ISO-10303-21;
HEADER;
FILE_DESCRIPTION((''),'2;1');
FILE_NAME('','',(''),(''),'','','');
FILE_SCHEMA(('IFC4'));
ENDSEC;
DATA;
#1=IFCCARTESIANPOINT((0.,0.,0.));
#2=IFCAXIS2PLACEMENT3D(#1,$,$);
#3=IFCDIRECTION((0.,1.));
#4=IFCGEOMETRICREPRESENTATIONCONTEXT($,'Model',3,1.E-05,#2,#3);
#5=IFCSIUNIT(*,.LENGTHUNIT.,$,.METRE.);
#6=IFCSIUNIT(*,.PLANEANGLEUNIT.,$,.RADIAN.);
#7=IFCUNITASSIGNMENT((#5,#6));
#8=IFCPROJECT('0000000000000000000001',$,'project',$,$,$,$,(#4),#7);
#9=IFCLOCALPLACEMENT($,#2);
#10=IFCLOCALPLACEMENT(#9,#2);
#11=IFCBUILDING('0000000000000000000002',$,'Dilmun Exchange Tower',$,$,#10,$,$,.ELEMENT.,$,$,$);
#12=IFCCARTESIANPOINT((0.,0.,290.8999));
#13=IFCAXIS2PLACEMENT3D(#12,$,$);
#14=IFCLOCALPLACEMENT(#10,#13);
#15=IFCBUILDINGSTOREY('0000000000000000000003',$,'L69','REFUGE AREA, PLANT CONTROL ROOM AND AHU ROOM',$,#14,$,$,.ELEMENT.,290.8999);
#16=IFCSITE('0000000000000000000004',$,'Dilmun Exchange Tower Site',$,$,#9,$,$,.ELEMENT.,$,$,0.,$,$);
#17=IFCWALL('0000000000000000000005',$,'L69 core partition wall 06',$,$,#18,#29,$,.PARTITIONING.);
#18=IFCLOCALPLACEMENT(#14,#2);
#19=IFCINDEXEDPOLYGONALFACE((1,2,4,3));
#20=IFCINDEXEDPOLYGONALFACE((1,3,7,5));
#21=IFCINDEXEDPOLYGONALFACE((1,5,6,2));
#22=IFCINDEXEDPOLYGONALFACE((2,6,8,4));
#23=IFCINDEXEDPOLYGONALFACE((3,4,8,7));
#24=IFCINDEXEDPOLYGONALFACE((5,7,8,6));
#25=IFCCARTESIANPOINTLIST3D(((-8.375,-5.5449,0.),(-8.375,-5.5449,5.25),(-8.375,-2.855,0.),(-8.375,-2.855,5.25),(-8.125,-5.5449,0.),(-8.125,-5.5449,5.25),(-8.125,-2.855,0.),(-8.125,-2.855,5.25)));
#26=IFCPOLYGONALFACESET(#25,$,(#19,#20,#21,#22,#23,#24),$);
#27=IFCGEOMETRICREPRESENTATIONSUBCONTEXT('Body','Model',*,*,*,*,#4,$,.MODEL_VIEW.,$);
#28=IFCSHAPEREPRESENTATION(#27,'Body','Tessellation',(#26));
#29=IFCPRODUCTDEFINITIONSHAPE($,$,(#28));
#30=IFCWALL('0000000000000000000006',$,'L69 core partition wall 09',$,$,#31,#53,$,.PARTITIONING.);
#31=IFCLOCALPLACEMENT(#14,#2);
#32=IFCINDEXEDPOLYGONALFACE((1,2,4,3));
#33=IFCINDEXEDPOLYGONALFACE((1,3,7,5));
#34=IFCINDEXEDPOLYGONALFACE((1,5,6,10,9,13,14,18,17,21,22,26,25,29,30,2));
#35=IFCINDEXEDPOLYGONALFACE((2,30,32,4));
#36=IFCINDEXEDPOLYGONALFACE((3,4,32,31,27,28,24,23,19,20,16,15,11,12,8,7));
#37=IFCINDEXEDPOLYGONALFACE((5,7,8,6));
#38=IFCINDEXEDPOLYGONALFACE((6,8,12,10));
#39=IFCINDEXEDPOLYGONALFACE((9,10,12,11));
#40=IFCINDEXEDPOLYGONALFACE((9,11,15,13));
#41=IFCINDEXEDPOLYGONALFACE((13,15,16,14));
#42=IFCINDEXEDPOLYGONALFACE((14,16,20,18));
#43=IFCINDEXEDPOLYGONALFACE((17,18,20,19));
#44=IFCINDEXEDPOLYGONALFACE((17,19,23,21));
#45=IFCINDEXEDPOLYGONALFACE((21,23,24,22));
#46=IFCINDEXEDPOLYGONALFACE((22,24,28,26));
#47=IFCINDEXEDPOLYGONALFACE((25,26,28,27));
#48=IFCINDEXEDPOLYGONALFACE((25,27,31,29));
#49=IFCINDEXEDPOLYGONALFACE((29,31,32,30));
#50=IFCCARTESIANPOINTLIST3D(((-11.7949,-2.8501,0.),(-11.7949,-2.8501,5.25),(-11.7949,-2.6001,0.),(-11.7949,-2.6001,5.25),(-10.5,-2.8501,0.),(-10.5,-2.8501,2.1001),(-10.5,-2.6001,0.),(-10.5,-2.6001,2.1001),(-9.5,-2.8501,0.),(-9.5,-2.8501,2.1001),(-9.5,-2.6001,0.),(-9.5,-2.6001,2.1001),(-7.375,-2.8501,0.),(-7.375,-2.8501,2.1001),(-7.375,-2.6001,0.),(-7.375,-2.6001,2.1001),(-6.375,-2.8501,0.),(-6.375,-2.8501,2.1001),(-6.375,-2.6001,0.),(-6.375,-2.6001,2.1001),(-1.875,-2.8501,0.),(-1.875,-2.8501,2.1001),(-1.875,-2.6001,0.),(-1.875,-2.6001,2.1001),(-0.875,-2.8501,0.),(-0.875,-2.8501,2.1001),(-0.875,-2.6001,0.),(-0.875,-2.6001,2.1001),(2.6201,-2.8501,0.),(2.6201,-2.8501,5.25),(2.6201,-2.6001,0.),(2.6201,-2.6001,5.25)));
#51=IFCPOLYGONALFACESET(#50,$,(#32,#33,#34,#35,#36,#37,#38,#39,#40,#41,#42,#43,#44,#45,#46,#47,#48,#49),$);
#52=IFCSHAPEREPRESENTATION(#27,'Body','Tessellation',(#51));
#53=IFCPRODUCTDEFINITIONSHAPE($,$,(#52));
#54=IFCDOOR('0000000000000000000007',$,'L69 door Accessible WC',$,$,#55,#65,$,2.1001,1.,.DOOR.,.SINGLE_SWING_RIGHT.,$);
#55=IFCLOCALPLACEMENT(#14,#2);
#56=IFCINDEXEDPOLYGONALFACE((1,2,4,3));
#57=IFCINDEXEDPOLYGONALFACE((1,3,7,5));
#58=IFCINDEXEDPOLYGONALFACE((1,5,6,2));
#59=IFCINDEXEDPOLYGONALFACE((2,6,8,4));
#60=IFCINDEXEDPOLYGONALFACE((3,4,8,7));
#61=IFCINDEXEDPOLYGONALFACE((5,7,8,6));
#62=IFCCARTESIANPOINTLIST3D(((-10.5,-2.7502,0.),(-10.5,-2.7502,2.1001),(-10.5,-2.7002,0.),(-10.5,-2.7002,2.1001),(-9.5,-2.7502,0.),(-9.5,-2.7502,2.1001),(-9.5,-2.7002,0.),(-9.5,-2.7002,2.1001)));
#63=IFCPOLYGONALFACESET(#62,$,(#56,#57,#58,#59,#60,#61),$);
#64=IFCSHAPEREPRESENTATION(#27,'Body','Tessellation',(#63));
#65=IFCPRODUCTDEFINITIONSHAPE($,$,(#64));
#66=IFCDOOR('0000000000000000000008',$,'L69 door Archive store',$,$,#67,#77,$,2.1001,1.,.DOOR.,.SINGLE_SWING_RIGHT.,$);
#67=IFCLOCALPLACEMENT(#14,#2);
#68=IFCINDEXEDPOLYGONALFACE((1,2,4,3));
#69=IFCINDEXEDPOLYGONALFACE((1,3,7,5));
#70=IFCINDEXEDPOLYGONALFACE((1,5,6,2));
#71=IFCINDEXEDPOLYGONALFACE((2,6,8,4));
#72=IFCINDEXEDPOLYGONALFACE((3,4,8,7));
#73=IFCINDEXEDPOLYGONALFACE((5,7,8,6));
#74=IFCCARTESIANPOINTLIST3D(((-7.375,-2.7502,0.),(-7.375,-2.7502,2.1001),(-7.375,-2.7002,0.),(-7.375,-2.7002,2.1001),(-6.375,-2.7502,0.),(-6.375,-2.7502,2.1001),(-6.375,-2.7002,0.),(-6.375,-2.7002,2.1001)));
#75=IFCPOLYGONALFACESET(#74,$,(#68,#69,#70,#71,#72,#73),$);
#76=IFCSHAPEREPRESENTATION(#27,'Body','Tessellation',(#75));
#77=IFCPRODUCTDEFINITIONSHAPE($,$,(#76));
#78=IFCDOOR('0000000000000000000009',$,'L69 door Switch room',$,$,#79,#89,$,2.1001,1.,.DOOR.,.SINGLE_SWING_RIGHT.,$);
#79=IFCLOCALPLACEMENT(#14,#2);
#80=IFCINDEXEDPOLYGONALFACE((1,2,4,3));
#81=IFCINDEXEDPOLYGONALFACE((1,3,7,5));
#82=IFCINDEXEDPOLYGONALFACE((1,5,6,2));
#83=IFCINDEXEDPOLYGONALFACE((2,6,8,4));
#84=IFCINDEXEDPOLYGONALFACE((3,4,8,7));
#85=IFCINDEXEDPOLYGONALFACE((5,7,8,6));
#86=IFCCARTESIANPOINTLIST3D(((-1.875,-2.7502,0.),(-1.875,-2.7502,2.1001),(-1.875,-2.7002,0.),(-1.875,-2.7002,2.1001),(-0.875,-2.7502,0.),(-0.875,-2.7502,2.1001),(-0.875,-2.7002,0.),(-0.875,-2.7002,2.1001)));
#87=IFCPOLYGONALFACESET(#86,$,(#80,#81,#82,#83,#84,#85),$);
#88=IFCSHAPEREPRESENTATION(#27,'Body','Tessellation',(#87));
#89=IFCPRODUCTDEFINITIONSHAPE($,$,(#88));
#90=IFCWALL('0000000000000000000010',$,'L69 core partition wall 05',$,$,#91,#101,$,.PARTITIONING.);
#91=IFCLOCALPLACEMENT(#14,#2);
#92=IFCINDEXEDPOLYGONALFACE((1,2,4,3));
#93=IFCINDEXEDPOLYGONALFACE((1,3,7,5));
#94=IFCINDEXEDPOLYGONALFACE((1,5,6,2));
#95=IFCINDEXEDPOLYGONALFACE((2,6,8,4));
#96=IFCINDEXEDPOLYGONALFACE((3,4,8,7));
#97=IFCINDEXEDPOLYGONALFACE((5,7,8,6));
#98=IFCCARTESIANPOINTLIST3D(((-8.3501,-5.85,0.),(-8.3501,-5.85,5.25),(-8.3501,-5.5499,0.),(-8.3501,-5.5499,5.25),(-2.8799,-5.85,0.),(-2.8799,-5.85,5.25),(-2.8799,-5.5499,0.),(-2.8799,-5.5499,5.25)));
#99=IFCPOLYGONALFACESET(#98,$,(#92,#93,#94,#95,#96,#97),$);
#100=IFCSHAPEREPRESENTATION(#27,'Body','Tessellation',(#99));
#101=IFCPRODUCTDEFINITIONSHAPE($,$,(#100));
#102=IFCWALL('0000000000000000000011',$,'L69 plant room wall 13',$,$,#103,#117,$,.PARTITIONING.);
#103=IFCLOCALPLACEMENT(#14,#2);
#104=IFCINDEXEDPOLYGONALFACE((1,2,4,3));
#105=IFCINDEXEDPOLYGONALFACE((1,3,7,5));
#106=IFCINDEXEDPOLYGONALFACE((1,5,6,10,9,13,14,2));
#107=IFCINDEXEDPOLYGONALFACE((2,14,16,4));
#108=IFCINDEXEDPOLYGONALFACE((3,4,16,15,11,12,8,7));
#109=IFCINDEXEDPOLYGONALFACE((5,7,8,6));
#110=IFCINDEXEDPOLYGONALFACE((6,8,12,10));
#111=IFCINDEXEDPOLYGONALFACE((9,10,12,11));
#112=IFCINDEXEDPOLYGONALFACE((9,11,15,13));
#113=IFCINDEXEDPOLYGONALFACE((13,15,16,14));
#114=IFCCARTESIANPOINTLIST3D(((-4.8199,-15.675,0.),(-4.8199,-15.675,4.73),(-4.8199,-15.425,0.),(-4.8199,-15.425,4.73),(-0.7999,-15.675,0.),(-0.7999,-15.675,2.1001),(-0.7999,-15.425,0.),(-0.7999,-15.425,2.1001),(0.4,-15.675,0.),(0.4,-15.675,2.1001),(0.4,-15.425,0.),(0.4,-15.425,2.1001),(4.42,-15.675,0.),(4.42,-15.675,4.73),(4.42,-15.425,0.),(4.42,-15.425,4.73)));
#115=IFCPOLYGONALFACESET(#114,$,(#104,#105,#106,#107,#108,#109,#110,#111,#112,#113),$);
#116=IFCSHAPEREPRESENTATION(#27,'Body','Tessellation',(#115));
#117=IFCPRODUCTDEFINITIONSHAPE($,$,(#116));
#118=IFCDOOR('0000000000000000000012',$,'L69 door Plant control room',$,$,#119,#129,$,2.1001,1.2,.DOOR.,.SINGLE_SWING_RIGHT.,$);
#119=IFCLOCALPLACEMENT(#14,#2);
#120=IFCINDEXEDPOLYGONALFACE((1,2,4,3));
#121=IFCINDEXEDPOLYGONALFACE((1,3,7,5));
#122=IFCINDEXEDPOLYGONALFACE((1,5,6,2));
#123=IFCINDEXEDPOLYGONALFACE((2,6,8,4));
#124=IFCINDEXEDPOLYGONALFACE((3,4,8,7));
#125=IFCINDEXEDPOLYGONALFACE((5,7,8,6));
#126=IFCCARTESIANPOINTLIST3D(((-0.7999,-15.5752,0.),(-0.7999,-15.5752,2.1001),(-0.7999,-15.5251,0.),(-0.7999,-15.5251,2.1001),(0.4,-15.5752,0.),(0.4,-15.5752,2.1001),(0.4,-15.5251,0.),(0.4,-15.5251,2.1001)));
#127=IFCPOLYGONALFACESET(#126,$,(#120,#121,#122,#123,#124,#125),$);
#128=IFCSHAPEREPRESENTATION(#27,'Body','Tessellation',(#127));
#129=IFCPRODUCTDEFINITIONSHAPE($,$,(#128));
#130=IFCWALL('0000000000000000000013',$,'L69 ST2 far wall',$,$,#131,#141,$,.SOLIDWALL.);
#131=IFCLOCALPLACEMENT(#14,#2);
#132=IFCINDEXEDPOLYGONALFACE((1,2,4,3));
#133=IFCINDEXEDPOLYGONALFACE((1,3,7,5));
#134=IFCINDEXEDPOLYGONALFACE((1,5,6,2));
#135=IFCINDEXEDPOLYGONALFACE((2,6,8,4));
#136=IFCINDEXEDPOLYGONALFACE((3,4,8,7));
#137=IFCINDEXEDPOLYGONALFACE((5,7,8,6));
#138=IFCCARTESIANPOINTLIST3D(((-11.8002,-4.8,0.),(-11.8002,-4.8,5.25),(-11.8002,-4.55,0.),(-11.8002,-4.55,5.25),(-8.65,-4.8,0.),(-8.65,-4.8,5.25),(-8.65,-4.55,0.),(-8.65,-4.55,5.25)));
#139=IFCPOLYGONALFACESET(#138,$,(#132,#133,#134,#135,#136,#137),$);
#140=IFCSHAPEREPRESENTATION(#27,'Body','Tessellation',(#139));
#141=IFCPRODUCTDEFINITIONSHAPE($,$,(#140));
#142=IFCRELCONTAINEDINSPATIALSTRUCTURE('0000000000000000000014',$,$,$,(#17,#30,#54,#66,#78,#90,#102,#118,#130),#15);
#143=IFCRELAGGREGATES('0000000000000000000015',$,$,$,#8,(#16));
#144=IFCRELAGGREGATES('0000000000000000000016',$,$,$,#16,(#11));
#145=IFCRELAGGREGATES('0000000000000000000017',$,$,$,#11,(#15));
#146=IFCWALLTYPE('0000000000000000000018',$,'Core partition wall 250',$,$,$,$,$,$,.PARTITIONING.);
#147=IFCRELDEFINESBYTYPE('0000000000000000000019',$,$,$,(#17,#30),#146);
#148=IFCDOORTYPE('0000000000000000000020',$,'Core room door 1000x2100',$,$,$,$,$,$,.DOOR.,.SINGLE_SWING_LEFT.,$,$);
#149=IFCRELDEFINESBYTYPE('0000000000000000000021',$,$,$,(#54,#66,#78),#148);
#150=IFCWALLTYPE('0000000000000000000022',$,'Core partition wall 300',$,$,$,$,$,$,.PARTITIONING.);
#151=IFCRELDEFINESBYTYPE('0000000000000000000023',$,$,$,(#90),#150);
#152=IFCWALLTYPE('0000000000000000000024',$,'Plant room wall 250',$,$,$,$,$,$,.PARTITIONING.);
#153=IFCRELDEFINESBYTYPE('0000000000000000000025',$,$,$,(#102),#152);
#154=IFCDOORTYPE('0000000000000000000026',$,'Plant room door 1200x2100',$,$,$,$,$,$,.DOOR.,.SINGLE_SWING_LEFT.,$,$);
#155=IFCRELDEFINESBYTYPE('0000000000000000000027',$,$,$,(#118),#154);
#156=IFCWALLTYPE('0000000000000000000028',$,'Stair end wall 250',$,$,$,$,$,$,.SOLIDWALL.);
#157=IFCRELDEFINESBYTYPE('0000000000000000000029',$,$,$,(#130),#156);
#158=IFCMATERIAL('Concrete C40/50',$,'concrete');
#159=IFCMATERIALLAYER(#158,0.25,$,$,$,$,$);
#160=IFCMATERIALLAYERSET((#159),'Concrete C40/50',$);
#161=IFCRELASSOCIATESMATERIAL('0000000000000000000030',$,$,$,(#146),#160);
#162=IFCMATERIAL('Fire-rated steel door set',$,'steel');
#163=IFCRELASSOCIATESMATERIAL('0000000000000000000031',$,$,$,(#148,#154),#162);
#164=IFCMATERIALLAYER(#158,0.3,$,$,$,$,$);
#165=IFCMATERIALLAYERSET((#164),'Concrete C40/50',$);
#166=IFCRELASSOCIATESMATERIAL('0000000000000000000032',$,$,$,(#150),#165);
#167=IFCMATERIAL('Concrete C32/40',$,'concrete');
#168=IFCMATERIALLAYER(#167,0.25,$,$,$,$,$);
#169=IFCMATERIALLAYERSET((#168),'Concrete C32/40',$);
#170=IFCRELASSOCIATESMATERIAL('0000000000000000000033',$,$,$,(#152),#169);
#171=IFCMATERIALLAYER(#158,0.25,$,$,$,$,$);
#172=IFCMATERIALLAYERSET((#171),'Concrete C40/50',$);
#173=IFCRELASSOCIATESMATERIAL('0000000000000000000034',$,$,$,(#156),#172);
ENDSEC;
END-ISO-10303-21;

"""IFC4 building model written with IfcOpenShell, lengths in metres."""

from ifc_helpers import new_model, si_unit, direction, frame, frame_2d, origin, place, context, subcontext, project, spatial, rectangle, extrude, material, layer, layer_set, type_object, element, fill, save


model = new_model("IFC4")

# Units and contexts
model_context = context("Model", 3, precision=1e-05, world=origin(), true_north=direction((0.0, 1.0)))
body_context = subcontext(model_context, "Body", "Model", "MODEL_VIEW")
ifc_project = project(units=[si_unit("LENGTHUNIT", "METRE"), si_unit("PLANEANGLEUNIT", "RADIAN")], contexts=[model_context])

# Site, building, storey
site_placement = place(None, origin())
site = spatial("IfcSite", under=ifc_project, at=site_placement, Name="Dilmun Exchange Tower Site", CompositionType="ELEMENT", RefElevation=0.0)
building_placement = place(site_placement, origin())
building = spatial("IfcBuilding", under=site, at=building_placement, Name="Dilmun Exchange Tower", CompositionType="ELEMENT")
storey_placement = place(building_placement, frame((0.0, 0.0, 290.8999)))
storey = spatial("IfcBuildingStorey", under=building, at=storey_placement, Name="L69", Description="REFUGE AREA, PLANT CONTROL ROOM AND AHU ROOM", CompositionType="ELEMENT", Elevation=290.8999)

# Shared definitions
ifc_material_1 = material(Name="Concrete C40/50", Category="concrete")

# Shared definitions
ifc_layer_1 = layer(ifc_material_1, 0.25)
ifc_layer_set_1 = layer_set([ifc_layer_1], Name="Concrete C40/50")
wall_type_1 = type_object("IfcWallType", Name="Core partition wall 250", PredefinedType="PARTITIONING", material=ifc_layer_set_1)
ifc_material_2 = material(Name="Fire-rated steel door set", Category="steel")
door_type_1 = type_object("IfcDoorType", Name="Core room door 1000x2100", OperationType="SINGLE_SWING_LEFT", PredefinedType="DOOR", material=ifc_material_2)

# Wall
for number, where, z_axis, x_axis, name in (
    (1, (-8.25, -5.5449, 0.0), (0.0, 0.0, 1.0), (0.0, 1.0, 0.0), "L69 core partition wall 06"),
):
    element("IfcWall", number, at=place(storey_placement, frame(where, z_axis=z_axis, x_axis=x_axis)), inside=storey, type_object=wall_type_1, Name=name, PredefinedType="PARTITIONING", context=body_context, shape_type="SweptSolid", body=[
        extrude(rectangle(XDim=2.6899, YDim=0.25, at=frame_2d((1.345, 0.0))), origin(), (0.0, 0.0, 1.0), 5.25),
    ])

# Wall, openings, doors
wall_1_placement = place(storey_placement, frame((-11.7949, -2.7251, 0.0), z_axis=(0.0, 0.0, 1.0), x_axis=(1.0, 0.0, 0.0)))
wall_1 = element("IfcWall", 2, at=wall_1_placement, inside=storey, type_object=wall_type_1, Name="L69 core partition wall 09", PredefinedType="PARTITIONING", context=body_context, shape_type="SweptSolid", body=[
    extrude(rectangle(XDim=14.415, YDim=0.25, at=frame_2d((7.2075, 0.0))), origin(), (0.0, 0.0, 1.0), 5.25),
])
opening_1_placement = place(wall_1_placement, frame((1.2949, 0.0, 0.0)))
opening_1 = element("IfcOpeningElement", 3, at=opening_1_placement, cuts=wall_1, PredefinedType="OPENING", context=body_context, shape_type="SweptSolid", body=[
    extrude(rectangle(XDim=1.0, YDim=2.1001, at=frame_2d((0.5, 1.05))), frame((0.0, 0.135, 0.0), z_axis=(0.0, -1.0, 0.0), x_axis=(1.0, 0.0, 0.0)), (0.0, 0.0, 1.0), 0.27),
])
opening_2_placement = place(wall_1_placement, frame((4.4199, 0.0, 0.0)))
opening_2 = element("IfcOpeningElement", 4, at=opening_2_placement, cuts=wall_1, PredefinedType="OPENING", context=body_context, shape_type="SweptSolid", body=[
    extrude(rectangle(XDim=1.0, YDim=2.1001, at=frame_2d((0.5, 1.05))), frame((0.0, 0.135, 0.0), z_axis=(0.0, -1.0, 0.0), x_axis=(1.0, 0.0, 0.0)), (0.0, 0.0, 1.0), 0.27),
])
opening_3_placement = place(wall_1_placement, frame((9.9199, 0.0, 0.0)))
opening_3 = element("IfcOpeningElement", 5, at=opening_3_placement, cuts=wall_1, PredefinedType="OPENING", context=body_context, shape_type="SweptSolid", body=[
    extrude(rectangle(XDim=1.0, YDim=2.1001, at=frame_2d((0.5, 1.05))), frame((0.0, 0.135, 0.0), z_axis=(0.0, -1.0, 0.0), x_axis=(1.0, 0.0, 0.0)), (0.0, 0.0, 1.0), 0.27),
])
door_1_placement = place(opening_1_placement, origin())
door_1 = element("IfcDoor", 6, at=door_1_placement, inside=storey, type_object=door_type_1, Name="L69 door Accessible WC", OperationType="SINGLE_SWING_RIGHT", OverallHeight=2.1001, OverallWidth=1.0, PredefinedType="DOOR", context=body_context, shape_type="SweptSolid", body=[
    extrude(rectangle(XDim=1.0, YDim=2.1001, at=frame_2d((0.5, 1.05))), frame((0.0, 0.0249, 0.0), z_axis=(0.0, -1.0, 0.0), x_axis=(1.0, 0.0, 0.0)), (0.0, 0.0, 1.0), 0.05),
])
fill(opening_1, door_1)
door_2_placement = place(opening_2_placement, origin())
door_2 = element("IfcDoor", 7, at=door_2_placement, inside=storey, type_object=door_type_1, Name="L69 door Archive store", OperationType="SINGLE_SWING_RIGHT", OverallHeight=2.1001, OverallWidth=1.0, PredefinedType="DOOR", context=body_context, shape_type="SweptSolid", body=[
    extrude(rectangle(XDim=1.0, YDim=2.1001, at=frame_2d((0.5, 1.05))), frame((0.0, 0.0249, 0.0), z_axis=(0.0, -1.0, 0.0), x_axis=(1.0, 0.0, 0.0)), (0.0, 0.0, 1.0), 0.05),
])
fill(opening_2, door_2)
door_3_placement = place(opening_3_placement, origin())
door_3 = element("IfcDoor", 8, at=door_3_placement, inside=storey, type_object=door_type_1, Name="L69 door Switch room", OperationType="SINGLE_SWING_RIGHT", OverallHeight=2.1001, OverallWidth=1.0, PredefinedType="DOOR", context=body_context, shape_type="SweptSolid", body=[
    extrude(rectangle(XDim=1.0, YDim=2.1001, at=frame_2d((0.5, 1.05))), frame((0.0, 0.0249, 0.0), z_axis=(0.0, -1.0, 0.0), x_axis=(1.0, 0.0, 0.0)), (0.0, 0.0, 1.0), 0.05),
])
fill(opening_3, door_3)

# Wall
ifc_layer_2 = layer(ifc_material_1, 0.3)
ifc_layer_set_2 = layer_set([ifc_layer_2], Name="Concrete C40/50")
wall_type_2 = type_object("IfcWallType", Name="Core partition wall 300", PredefinedType="PARTITIONING", material=ifc_layer_set_2)
wall_2_placement = place(storey_placement, frame((-8.3501, -5.7, 0.0), z_axis=(0.0, 0.0, 1.0), x_axis=(1.0, 0.0, 0.0)))
element("IfcWall", 9, at=wall_2_placement, inside=storey, type_object=wall_type_2, Name="L69 core partition wall 05", PredefinedType="PARTITIONING", context=body_context, shape_type="SweptSolid", body=[
    extrude(rectangle(XDim=5.4702, YDim=0.3, at=frame_2d((2.7351, 0.0))), origin(), (0.0, 0.0, 1.0), 5.25),
])

# Wall, opening, door
ifc_material_3 = material(Name="Concrete C32/40", Category="concrete")
ifc_layer_3 = layer(ifc_material_3, 0.25)
ifc_layer_set_3 = layer_set([ifc_layer_3], Name="Concrete C32/40")
wall_type_3 = type_object("IfcWallType", Name="Plant room wall 250", PredefinedType="PARTITIONING", material=ifc_layer_set_3)
wall_3_placement = place(storey_placement, frame((-4.8201, -15.55, 0.0), z_axis=(0.0, 0.0, 1.0), x_axis=(1.0, 0.0, 0.0)))
wall_3 = element("IfcWall", 10, at=wall_3_placement, inside=storey, type_object=wall_type_3, Name="L69 plant room wall 13", PredefinedType="PARTITIONING", context=body_context, shape_type="SweptSolid", body=[
    extrude(rectangle(XDim=9.24, YDim=0.25, at=frame_2d((4.6201, 0.0))), origin(), (0.0, 0.0, 1.0), 4.73),
])
opening_4_placement = place(wall_3_placement, frame((4.02, 0.0, 0.0)))
opening_4 = element("IfcOpeningElement", 11, at=opening_4_placement, cuts=wall_3, PredefinedType="OPENING", context=body_context, shape_type="SweptSolid", body=[
    extrude(rectangle(XDim=1.2, YDim=2.1001, at=frame_2d((0.6001, 1.05))), frame((0.0, 0.135, 0.0), z_axis=(0.0, -1.0, 0.0), x_axis=(1.0, 0.0, 0.0)), (0.0, 0.0, 1.0), 0.27),
])
door_type_2 = type_object("IfcDoorType", Name="Plant room door 1200x2100", OperationType="SINGLE_SWING_LEFT", PredefinedType="DOOR", material=ifc_material_2)
door_4_placement = place(opening_4_placement, origin())
door_4 = element("IfcDoor", 12, at=door_4_placement, inside=storey, type_object=door_type_2, Name="L69 door Plant control room", OperationType="SINGLE_SWING_RIGHT", OverallHeight=2.1001, OverallWidth=1.2, PredefinedType="DOOR", context=body_context, shape_type="SweptSolid", body=[
    extrude(rectangle(XDim=1.2, YDim=2.1001, at=frame_2d((0.6001, 1.05))), frame((0.0, 0.0249, 0.0), z_axis=(0.0, -1.0, 0.0), x_axis=(1.0, 0.0, 0.0)), (0.0, 0.0, 1.0), 0.05),
])
fill(opening_4, door_4)

# Wall
ifc_layer_4 = layer(ifc_material_1, 0.25)
ifc_layer_set_4 = layer_set([ifc_layer_4], Name="Concrete C40/50")
wall_type_4 = type_object("IfcWallType", Name="Stair end wall 250", PredefinedType="SOLIDWALL", material=ifc_layer_set_4)
wall_4_placement = place(storey_placement, frame((-8.6499, -4.675, 0.0), z_axis=(0.0, 0.0, 1.0), x_axis=(-1.0, 0.0, 0.0)))
element("IfcWall", 13, at=wall_4_placement, inside=storey, type_object=wall_type_4, Name="L69 ST2 far wall", PredefinedType="SOLIDWALL", context=body_context, shape_type="SweptSolid", body=[
    extrude(rectangle(XDim=3.1501, YDim=0.25, at=frame_2d((1.5752, 0.0))), origin(), (0.0, 0.0, 1.0), 5.25),
])

save(model, "model.ifc")
